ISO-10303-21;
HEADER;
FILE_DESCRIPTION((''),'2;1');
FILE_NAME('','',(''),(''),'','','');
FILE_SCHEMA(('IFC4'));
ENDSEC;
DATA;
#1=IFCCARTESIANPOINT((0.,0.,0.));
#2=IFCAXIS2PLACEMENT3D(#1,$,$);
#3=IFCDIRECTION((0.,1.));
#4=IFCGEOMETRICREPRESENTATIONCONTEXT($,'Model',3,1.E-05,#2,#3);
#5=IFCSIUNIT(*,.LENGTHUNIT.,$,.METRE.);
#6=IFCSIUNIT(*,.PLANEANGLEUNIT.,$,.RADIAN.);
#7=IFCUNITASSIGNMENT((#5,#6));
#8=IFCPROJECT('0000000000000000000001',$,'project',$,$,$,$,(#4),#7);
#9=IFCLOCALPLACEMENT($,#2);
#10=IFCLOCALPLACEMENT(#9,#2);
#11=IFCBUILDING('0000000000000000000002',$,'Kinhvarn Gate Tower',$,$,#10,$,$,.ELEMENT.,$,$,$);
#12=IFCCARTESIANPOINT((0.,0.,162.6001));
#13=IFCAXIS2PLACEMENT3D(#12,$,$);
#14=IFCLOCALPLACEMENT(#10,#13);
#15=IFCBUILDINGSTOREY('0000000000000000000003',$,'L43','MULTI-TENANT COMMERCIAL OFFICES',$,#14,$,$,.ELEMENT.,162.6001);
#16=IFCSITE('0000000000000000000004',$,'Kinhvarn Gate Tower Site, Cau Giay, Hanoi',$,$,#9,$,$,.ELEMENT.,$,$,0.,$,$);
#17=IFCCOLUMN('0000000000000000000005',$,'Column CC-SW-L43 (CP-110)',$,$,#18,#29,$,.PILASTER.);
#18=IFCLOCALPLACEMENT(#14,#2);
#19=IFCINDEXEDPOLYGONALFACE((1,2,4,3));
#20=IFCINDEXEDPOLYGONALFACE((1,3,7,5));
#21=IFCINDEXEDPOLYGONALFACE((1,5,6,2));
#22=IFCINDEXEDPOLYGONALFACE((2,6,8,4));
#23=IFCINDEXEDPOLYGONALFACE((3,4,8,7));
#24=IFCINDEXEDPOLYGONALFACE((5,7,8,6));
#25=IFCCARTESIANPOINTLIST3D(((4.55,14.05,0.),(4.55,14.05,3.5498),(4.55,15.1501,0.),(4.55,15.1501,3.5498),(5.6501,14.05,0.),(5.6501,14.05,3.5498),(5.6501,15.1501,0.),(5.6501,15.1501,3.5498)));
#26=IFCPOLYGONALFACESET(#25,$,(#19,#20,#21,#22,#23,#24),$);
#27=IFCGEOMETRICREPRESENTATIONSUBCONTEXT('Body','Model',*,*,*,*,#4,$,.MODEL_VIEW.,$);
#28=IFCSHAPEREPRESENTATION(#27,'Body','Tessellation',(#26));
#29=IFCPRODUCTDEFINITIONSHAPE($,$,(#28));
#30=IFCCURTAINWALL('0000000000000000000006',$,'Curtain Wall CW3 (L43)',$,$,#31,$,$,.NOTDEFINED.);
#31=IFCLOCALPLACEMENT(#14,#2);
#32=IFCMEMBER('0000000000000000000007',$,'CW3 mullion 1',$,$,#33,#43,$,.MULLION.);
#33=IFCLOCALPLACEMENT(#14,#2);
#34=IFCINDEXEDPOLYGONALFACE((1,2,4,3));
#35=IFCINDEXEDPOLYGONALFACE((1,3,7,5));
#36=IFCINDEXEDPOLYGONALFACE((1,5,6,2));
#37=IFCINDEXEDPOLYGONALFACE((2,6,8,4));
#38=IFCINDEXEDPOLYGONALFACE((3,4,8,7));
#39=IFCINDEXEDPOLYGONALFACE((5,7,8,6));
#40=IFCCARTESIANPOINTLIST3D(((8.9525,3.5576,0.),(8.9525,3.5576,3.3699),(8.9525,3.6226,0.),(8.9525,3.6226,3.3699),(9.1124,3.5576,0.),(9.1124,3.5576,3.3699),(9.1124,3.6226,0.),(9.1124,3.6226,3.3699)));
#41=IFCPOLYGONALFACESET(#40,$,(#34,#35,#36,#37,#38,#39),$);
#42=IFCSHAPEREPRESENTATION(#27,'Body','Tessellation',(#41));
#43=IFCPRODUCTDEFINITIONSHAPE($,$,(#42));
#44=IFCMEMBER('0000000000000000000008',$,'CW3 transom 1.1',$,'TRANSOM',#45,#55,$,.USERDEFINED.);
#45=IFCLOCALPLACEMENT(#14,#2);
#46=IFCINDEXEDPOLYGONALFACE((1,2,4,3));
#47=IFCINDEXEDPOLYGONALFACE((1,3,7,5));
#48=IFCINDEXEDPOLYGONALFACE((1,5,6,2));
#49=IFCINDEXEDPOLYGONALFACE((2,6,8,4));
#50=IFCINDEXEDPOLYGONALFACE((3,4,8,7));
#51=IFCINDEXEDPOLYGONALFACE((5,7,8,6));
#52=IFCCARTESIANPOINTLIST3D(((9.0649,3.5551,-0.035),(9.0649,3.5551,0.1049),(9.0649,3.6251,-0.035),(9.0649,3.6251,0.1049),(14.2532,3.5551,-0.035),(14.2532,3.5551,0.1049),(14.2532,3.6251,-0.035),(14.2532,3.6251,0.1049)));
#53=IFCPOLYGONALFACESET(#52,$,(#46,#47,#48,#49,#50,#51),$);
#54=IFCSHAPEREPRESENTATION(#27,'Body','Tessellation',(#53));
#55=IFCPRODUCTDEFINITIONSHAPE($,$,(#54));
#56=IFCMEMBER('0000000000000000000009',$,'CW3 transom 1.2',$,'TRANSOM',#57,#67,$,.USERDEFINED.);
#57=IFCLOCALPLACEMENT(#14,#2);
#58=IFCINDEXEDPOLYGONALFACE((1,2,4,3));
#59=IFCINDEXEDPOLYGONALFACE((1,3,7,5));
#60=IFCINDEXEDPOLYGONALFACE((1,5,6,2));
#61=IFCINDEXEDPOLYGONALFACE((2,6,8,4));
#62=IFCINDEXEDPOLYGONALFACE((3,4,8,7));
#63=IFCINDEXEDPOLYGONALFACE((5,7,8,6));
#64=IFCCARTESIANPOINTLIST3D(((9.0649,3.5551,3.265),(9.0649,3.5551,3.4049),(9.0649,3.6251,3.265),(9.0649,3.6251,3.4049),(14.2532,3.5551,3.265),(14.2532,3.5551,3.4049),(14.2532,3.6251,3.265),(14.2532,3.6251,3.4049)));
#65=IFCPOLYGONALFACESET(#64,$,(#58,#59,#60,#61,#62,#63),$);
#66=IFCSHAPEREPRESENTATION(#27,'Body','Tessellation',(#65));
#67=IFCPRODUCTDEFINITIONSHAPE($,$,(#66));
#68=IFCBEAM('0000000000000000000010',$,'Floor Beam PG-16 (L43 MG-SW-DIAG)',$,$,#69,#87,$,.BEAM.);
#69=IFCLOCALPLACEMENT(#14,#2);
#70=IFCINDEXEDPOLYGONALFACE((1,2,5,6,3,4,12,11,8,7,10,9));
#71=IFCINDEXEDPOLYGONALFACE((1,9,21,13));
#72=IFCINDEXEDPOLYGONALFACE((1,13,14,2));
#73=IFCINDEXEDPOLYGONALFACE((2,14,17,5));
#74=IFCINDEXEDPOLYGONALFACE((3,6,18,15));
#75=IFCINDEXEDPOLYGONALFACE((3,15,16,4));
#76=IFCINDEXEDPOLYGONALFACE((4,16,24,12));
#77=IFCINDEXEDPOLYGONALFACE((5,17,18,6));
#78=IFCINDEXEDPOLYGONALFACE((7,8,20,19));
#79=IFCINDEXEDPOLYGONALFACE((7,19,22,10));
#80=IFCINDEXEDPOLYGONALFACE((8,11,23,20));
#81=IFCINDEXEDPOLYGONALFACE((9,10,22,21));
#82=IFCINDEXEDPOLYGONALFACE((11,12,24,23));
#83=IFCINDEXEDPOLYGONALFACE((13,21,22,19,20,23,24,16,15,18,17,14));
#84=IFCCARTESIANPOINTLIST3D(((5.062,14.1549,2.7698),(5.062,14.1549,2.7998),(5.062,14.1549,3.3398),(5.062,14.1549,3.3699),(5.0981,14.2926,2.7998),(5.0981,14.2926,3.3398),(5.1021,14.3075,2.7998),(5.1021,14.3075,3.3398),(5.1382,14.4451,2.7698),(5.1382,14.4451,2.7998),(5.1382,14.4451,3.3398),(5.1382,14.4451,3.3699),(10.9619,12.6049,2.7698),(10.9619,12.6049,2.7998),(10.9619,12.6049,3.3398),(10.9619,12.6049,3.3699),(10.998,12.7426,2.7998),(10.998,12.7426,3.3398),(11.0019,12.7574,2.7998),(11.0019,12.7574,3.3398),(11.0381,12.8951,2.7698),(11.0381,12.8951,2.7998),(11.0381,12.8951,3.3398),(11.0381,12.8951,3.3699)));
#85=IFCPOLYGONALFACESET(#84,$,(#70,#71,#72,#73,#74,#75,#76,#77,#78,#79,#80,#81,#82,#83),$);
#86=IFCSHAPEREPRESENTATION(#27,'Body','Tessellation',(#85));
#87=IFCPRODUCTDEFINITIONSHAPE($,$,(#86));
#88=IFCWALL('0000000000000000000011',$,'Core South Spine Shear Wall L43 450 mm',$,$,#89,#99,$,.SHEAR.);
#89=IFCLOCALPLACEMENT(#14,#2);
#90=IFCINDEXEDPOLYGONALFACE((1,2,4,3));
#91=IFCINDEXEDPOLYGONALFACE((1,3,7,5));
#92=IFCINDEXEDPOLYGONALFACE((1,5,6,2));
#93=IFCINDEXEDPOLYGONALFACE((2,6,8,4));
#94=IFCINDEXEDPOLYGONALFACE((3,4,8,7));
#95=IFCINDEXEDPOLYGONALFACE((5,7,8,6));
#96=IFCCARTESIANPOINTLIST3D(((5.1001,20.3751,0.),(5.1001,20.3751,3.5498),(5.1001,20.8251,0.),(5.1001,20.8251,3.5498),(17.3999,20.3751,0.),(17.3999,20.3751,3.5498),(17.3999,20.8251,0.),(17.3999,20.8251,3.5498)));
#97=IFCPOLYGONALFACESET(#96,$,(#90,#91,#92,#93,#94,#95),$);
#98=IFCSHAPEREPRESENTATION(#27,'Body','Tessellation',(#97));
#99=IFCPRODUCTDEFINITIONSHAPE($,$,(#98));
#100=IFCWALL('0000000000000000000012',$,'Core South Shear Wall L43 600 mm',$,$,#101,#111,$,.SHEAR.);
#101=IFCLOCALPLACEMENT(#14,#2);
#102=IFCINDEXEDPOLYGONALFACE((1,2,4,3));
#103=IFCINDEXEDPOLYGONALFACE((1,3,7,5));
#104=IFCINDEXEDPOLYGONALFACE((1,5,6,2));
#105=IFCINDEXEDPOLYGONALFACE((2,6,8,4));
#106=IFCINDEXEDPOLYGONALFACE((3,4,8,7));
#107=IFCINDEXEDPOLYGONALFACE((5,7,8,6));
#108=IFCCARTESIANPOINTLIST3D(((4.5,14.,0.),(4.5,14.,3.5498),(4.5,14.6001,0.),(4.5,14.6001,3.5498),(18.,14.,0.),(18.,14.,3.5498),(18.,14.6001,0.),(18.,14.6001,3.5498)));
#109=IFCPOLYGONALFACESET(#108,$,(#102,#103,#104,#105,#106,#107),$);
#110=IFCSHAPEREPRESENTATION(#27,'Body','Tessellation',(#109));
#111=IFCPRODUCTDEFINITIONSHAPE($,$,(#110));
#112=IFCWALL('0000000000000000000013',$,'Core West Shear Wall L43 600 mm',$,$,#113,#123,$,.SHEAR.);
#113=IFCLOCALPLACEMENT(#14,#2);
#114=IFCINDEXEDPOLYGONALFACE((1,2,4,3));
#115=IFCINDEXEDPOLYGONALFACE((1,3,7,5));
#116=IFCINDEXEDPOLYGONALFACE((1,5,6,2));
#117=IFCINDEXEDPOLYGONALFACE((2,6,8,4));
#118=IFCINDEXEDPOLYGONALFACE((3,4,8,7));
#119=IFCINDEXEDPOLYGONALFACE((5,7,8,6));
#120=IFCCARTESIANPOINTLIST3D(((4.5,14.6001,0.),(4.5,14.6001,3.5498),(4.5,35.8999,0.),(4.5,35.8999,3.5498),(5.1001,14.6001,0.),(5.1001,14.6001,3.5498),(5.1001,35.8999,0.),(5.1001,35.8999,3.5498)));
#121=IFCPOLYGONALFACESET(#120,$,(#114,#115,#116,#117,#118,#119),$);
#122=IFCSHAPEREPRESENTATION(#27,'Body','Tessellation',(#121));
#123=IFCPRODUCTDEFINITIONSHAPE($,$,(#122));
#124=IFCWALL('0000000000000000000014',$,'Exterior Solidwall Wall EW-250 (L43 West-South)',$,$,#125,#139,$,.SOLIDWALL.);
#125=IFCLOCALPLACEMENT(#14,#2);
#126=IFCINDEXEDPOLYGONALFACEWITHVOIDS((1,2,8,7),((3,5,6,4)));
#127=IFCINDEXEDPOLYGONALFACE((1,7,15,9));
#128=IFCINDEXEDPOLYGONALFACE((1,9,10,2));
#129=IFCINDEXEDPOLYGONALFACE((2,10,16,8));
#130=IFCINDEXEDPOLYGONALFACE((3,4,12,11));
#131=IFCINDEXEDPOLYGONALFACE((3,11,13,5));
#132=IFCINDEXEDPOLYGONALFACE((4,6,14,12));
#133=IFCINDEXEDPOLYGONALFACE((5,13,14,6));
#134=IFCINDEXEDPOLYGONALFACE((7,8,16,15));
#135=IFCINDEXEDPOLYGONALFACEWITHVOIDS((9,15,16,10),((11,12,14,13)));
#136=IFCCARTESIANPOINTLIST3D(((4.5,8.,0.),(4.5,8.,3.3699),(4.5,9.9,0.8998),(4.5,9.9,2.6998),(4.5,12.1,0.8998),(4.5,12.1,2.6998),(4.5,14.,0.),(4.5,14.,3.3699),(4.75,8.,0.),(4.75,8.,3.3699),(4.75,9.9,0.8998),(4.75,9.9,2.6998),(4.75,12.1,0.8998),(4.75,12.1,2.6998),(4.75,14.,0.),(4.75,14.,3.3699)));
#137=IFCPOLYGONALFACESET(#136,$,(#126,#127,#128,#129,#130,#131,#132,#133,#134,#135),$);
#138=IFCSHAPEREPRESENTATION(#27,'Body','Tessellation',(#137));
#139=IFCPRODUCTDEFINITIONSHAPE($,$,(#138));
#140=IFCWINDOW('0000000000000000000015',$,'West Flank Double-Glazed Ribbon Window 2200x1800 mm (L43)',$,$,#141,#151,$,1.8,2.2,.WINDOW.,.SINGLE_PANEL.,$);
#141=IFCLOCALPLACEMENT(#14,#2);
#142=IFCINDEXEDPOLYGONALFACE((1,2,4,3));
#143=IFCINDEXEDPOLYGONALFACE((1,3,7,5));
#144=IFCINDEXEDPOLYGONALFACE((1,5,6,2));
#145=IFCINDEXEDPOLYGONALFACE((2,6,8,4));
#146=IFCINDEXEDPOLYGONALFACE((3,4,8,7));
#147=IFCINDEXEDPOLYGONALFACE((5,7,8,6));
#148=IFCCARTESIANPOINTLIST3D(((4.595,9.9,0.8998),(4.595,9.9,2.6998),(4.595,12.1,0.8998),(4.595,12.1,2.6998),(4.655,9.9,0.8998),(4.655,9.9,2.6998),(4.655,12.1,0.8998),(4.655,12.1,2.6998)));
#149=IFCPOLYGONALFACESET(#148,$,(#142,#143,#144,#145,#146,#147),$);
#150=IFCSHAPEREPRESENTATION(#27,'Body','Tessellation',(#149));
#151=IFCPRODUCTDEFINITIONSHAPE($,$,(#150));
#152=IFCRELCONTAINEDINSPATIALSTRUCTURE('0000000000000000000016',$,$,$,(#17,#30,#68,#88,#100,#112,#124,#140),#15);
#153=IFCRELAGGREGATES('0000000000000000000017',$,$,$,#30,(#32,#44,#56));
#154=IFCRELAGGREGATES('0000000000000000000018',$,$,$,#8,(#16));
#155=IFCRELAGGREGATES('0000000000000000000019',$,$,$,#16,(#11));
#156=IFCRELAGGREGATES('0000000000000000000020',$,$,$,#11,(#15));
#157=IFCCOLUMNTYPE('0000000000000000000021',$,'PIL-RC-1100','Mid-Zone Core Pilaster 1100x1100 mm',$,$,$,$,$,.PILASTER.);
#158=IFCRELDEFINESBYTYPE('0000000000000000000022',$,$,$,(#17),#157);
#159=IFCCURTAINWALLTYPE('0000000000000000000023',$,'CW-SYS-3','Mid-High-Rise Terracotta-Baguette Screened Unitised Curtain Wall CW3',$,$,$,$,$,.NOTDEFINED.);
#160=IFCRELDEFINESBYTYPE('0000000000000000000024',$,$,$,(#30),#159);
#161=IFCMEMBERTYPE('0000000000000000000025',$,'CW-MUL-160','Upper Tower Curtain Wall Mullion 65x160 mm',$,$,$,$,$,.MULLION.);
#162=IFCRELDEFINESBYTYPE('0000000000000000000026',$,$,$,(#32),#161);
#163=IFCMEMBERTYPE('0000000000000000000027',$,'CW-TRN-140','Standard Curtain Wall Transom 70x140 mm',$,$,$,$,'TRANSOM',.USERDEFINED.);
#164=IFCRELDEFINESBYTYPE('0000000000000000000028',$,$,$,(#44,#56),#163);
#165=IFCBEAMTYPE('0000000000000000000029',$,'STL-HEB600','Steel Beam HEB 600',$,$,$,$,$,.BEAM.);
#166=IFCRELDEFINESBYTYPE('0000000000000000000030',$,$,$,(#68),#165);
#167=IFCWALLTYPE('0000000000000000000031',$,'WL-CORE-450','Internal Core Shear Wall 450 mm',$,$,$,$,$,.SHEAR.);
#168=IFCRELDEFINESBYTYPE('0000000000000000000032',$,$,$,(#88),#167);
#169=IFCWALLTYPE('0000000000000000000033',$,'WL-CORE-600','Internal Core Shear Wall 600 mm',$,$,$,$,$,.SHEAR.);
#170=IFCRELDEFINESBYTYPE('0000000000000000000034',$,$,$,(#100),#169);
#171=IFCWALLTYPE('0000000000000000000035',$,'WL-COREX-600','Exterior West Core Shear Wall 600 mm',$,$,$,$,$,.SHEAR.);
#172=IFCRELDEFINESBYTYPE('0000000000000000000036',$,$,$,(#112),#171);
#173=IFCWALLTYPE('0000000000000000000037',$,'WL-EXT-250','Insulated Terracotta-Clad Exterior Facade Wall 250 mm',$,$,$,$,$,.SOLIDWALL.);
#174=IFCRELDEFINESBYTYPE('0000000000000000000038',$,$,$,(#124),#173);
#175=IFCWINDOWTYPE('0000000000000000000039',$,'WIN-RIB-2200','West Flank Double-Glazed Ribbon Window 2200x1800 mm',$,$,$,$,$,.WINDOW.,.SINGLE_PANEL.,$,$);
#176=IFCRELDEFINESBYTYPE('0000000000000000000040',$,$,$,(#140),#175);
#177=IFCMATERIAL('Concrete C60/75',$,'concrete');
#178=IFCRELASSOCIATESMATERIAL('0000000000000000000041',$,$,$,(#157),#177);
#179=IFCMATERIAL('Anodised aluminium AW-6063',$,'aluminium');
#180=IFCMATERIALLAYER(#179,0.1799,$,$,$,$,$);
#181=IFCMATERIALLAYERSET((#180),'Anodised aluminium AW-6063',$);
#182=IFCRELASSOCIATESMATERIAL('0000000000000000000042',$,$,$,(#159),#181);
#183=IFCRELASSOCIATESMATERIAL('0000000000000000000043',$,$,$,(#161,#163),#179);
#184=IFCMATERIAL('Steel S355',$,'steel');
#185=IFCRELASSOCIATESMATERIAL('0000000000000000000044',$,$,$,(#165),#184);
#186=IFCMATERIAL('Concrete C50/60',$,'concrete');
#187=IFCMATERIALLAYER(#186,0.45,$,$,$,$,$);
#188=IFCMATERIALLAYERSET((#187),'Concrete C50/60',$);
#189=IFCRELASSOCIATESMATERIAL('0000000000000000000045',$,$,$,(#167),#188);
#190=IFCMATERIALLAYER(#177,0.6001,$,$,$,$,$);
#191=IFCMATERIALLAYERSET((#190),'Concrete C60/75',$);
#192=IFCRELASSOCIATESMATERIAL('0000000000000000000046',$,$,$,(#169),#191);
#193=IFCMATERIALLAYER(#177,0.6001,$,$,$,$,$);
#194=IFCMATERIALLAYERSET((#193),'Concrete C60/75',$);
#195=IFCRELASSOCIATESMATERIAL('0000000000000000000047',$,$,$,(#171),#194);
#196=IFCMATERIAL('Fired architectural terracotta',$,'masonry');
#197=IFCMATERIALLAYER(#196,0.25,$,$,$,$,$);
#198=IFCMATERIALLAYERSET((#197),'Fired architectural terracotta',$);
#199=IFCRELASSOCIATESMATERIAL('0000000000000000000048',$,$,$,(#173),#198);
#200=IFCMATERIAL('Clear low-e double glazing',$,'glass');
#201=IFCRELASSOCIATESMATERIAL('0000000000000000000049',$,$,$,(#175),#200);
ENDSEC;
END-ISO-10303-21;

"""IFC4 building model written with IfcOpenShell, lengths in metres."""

from ifc_helpers import new_model, si_unit, direction, frame, frame_2d, origin, origin_2d, place, context, subcontext, project, spatial, rectangle, i_section, extrude, material, layer, layer_set, material_profile, profile_set, type_object, element, fill, aggregate, save


model = new_model("IFC4")

# Units and contexts
model_context = context("Model", 3, precision=1e-05, world=origin(), true_north=direction((0.0, 1.0)))
body_context = subcontext(model_context, "Body", "Model", "MODEL_VIEW")
ifc_project = project(units=[si_unit("LENGTHUNIT", "METRE"), si_unit("PLANEANGLEUNIT", "RADIAN")], contexts=[model_context])

# Site, building, storey
site_placement = place(None, origin())
site = spatial("IfcSite", under=ifc_project, at=site_placement, Name="Kinhvarn Gate Tower Site, Cau Giay, Hanoi", CompositionType="ELEMENT", RefElevation=0.0)
building_placement = place(site_placement, origin())
building = spatial("IfcBuilding", under=site, at=building_placement, Name="Kinhvarn Gate Tower", CompositionType="ELEMENT")
storey_placement = place(building_placement, frame((0.0, 0.0, 162.6001)))
storey = spatial("IfcBuildingStorey", under=building, at=storey_placement, Name="L43", Description="MULTI-TENANT COMMERCIAL OFFICES", CompositionType="ELEMENT", Elevation=162.6001)

# Column
ifc_material_1 = material(Name="Concrete C60/75", Category="concrete")
ifc_material_profile_1 = material_profile(ifc_material_1, rectangle(XDim=1.1001, YDim=1.1001, at=origin_2d()), Name="RC 1100x1100")
ifc_profile_set_1 = profile_set([ifc_material_profile_1], Name="Concrete C60/75")
column_type = type_object("IfcColumnType", Name="PIL-RC-1100", Description="Mid-Zone Core Pilaster 1100x1100 mm", PredefinedType="PILASTER", material=ifc_profile_set_1)
column_placement = place(storey_placement, frame((5.1001, 14.6001, 0.0), z_axis=(0.0, 0.0, 1.0), x_axis=(1.0, 0.0, 0.0)))
element("IfcColumn", 1, at=column_placement, inside=storey, type_object=column_type, Name="Column CC-SW-L43 (CP-110)", PredefinedType="PILASTER", context=body_context, shape_type="SweptSolid", body=[
    extrude(rectangle(XDim=1.1001, YDim=1.1001, at=origin_2d()), origin(), (0.0, 0.0, 1.0), 3.5498),
])

# Curtain wall, members
ifc_material_2 = material(Name="Anodised aluminium AW-6063", Category="aluminium")
ifc_layer_1 = layer(ifc_material_2, 0.1799)
ifc_layer_set_1 = layer_set([ifc_layer_1], Name="Anodised aluminium AW-6063")
curtain_wall_type = type_object("IfcCurtainWallType", Name="CW-SYS-3", Description="Mid-High-Rise Terracotta-Baguette Screened Unitised Curtain Wall CW3", PredefinedType="NOTDEFINED", material=ifc_layer_set_1)
curtain_wall_placement = place(storey_placement, origin())
curtain_wall = element("IfcCurtainWall", 2, at=curtain_wall_placement, inside=storey, type_object=curtain_wall_type, Name="Curtain Wall CW3 (L43)", PredefinedType="NOTDEFINED")
ifc_material_profile_2 = material_profile(ifc_material_2, rectangle(XDim=0.0649, YDim=0.1599, at=origin_2d()), Name="ALU 65x160")
ifc_profile_set_2 = profile_set([ifc_material_profile_2], Name="Anodised aluminium AW-6063")
member_type_1 = type_object("IfcMemberType", Name="CW-MUL-160", Description="Upper Tower Curtain Wall Mullion 65x160 mm", PredefinedType="MULLION", material=ifc_profile_set_2)
member_1_placement = place(storey_placement, frame((9.0325, 3.5901, 0.0), z_axis=(0.0, 0.0, 1.0), x_axis=(0.0, 1.0, 0.0)))
member_1 = element("IfcMember", 3, at=member_1_placement, type_object=member_type_1, Name="CW3 mullion 1", PredefinedType="MULLION", context=body_context, shape_type="SweptSolid", body=[
    extrude(rectangle(XDim=0.0649, YDim=0.1599, at=origin_2d()), origin(), (0.0, 0.0, 1.0), 3.3699),
])
ifc_material_profile_3 = material_profile(ifc_material_2, rectangle(XDim=0.0701, YDim=0.1399, at=origin_2d()), Name="ALU 70x140")
ifc_profile_set_3 = profile_set([ifc_material_profile_3], Name="Anodised aluminium AW-6063")
member_type_2 = type_object("IfcMemberType", Name="CW-TRN-140", Description="Standard Curtain Wall Transom 70x140 mm", ElementType="TRANSOM", PredefinedType="USERDEFINED", material=ifc_profile_set_3)
member_2_placement = place(storey_placement, frame((9.0649, 3.5901, 0.0349), z_axis=(1.0, 0.0, 0.0), x_axis=(0.0, 1.0, 0.0)))
member_2 = element("IfcMember", 4, at=member_2_placement, type_object=member_type_2, Name="CW3 transom 1.1", ObjectType="TRANSOM", PredefinedType="USERDEFINED", context=body_context, shape_type="SweptSolid", body=[
    extrude(rectangle(XDim=0.0701, YDim=0.1399, at=origin_2d()), origin(), (0.0, 0.0, 1.0), 5.1882),
])
member_3_placement = place(storey_placement, frame((9.0649, 3.5901, 3.335), z_axis=(1.0, 0.0, 0.0), x_axis=(0.0, 1.0, 0.0)))
member_3 = element("IfcMember", 5, at=member_3_placement, type_object=member_type_2, Name="CW3 transom 1.2", ObjectType="TRANSOM", PredefinedType="USERDEFINED", context=body_context, shape_type="SweptSolid", body=[
    extrude(rectangle(XDim=0.0701, YDim=0.1399, at=origin_2d()), origin(), (0.0, 0.0, 1.0), 5.1882),
])
aggregate(curtain_wall, [member_1, member_2, member_3])

# Beam
ifc_material_3 = material(Name="Steel S355", Category="steel")
ifc_material_profile_4 = material_profile(ifc_material_3, i_section(OverallWidth=0.3, OverallDepth=0.6001, WebThickness=0.0154, FlangeThickness=0.03, at=origin_2d()), Name="HEB 600")
ifc_profile_set_4 = profile_set([ifc_material_profile_4], Name="Steel S355")
beam_type = type_object("IfcBeamType", Name="STL-HEB600", Description="Steel Beam HEB 600", PredefinedType="BEAM", material=ifc_profile_set_4)
beam_placement = place(storey_placement, frame((5.1001, 14.3, 3.0698), z_axis=(0.967178, -0.254101, 0.0), x_axis=(0.254101, 0.967178, 0.0)))
element("IfcBeam", 6, at=beam_placement, inside=storey, type_object=beam_type, Name="Floor Beam PG-16 (L43 MG-SW-DIAG)", PredefinedType="BEAM", context=body_context, shape_type="SweptSolid", body=[
    extrude(i_section(OverallWidth=0.3, OverallDepth=0.6001, WebThickness=0.0154, FlangeThickness=0.03, at=origin_2d()), origin(), (0.0, 0.0, 1.0), 6.1001),
])

# Walls
ifc_material_4 = material(Name="Concrete C50/60", Category="concrete")
ifc_layer_2 = layer(ifc_material_4, 0.45)
ifc_layer_set_2 = layer_set([ifc_layer_2], Name="Concrete C50/60")
wall_type_1 = type_object("IfcWallType", Name="WL-CORE-450", Description="Internal Core Shear Wall 450 mm", PredefinedType="SHEAR", material=ifc_layer_set_2)
wall_1_placement = place(storey_placement, frame((5.1001, 20.6001, 0.0), z_axis=(0.0, 0.0, 1.0), x_axis=(1.0, 0.0, 0.0)))
element("IfcWall", 7, at=wall_1_placement, inside=storey, type_object=wall_type_1, Name="Core South Spine Shear Wall L43 450 mm", PredefinedType="SHEAR", context=body_context, shape_type="SweptSolid", body=[
    extrude(rectangle(XDim=12.2998, YDim=0.45, at=frame_2d((6.1499, 0.0))), origin(), (0.0, 0.0, 1.0), 3.5498),
])
ifc_layer_3 = layer(ifc_material_1, 0.6001)
ifc_layer_set_3 = layer_set([ifc_layer_3], Name="Concrete C60/75")
wall_type_2 = type_object("IfcWallType", Name="WL-CORE-600", Description="Internal Core Shear Wall 600 mm", PredefinedType="SHEAR", material=ifc_layer_set_3)
wall_2_placement = place(storey_placement, frame((4.5, 14.3, 0.0), z_axis=(0.0, 0.0, 1.0), x_axis=(1.0, 0.0, 0.0)))
element("IfcWall", 8, at=wall_2_placement, inside=storey, type_object=wall_type_2, Name="Core South Shear Wall L43 600 mm", PredefinedType="SHEAR", context=body_context, shape_type="SweptSolid", body=[
    extrude(rectangle(XDim=13.5, YDim=0.6001, at=frame_2d((6.75, 0.0))), origin(), (0.0, 0.0, 1.0), 3.5498),
])
ifc_layer_4 = layer(ifc_material_1, 0.6001)
ifc_layer_set_4 = layer_set([ifc_layer_4], Name="Concrete C60/75")
wall_type_3 = type_object("IfcWallType", Name="WL-COREX-600", Description="Exterior West Core Shear Wall 600 mm", PredefinedType="SHEAR", material=ifc_layer_set_4)
wall_3_placement = place(storey_placement, frame((4.8, 14.6001, 0.0), z_axis=(0.0, 0.0, 1.0), x_axis=(0.0, 1.0, 0.0)))
element("IfcWall", 9, at=wall_3_placement, inside=storey, type_object=wall_type_3, Name="Core West Shear Wall L43 600 mm", PredefinedType="SHEAR", context=body_context, shape_type="SweptSolid", body=[
    extrude(rectangle(XDim=21.2998, YDim=0.6001, at=frame_2d((10.6499, 0.0))), origin(), (0.0, 0.0, 1.0), 3.5498),
])

# Wall, opening, window
ifc_material_5 = material(Name="Fired architectural terracotta", Category="masonry")
ifc_layer_5 = layer(ifc_material_5, 0.25)
ifc_layer_set_5 = layer_set([ifc_layer_5], Name="Fired architectural terracotta")
wall_type_4 = type_object("IfcWallType", Name="WL-EXT-250", Description="Insulated Terracotta-Clad Exterior Facade Wall 250 mm", PredefinedType="SOLIDWALL", material=ifc_layer_set_5)
wall_4_placement = place(storey_placement, frame((4.625, 14.0, 0.0), z_axis=(0.0, 0.0, 1.0), x_axis=(0.0, -1.0, 0.0)))
wall_4 = element("IfcWall", 10, at=wall_4_placement, inside=storey, type_object=wall_type_4, Name="Exterior Solidwall Wall EW-250 (L43 West-South)", PredefinedType="SOLIDWALL", context=body_context, shape_type="SweptSolid", body=[
    extrude(rectangle(XDim=6.0, YDim=0.25, at=frame_2d((3.0, 0.0))), origin(), (0.0, 0.0, 1.0), 3.3699),
])
opening_1_placement = place(wall_4_placement, frame((1.8999, 0.0, 0.8999)))
opening_1 = element("IfcOpeningElement", 11, at=opening_1_placement, cuts=wall_4, PredefinedType="OPENING", context=body_context, shape_type="SweptSolid", body=[
    extrude(rectangle(XDim=2.2, YDim=1.8, at=frame_2d((1.1001, 0.8999))), frame((0.0, 0.135, 0.0), z_axis=(0.0, -1.0, 0.0), x_axis=(1.0, 0.0, 0.0)), (0.0, 0.0, 1.0), 0.27),
])
ifc_material_6 = material(Name="Clear low-e double glazing", Category="glass")
window_type_1 = type_object("IfcWindowType", Name="WIN-RIB-2200", Description="West Flank Double-Glazed Ribbon Window 2200x1800 mm", PartitioningType="SINGLE_PANEL", PredefinedType="WINDOW", material=ifc_material_6)
window_1_placement = place(opening_1_placement, origin())
window_1 = element("IfcWindow", 12, at=window_1_placement, inside=storey, type_object=window_type_1, Name="West Flank Double-Glazed Ribbon Window 2200x1800 mm (L43)", OverallHeight=1.8, OverallWidth=2.2, PartitioningType="SINGLE_PANEL", PredefinedType="WINDOW", context=body_context, shape_type="SweptSolid", body=[
    extrude(rectangle(XDim=2.2, YDim=1.8, at=frame_2d((1.1001, 0.8999))), frame((0.0, 0.03, 0.0), z_axis=(0.0, -1.0, 0.0), x_axis=(1.0, 0.0, 0.0)), (0.0, 0.0, 1.0), 0.0601),
])
fill(opening_1, window_1)

save(model, "model.ifc")
